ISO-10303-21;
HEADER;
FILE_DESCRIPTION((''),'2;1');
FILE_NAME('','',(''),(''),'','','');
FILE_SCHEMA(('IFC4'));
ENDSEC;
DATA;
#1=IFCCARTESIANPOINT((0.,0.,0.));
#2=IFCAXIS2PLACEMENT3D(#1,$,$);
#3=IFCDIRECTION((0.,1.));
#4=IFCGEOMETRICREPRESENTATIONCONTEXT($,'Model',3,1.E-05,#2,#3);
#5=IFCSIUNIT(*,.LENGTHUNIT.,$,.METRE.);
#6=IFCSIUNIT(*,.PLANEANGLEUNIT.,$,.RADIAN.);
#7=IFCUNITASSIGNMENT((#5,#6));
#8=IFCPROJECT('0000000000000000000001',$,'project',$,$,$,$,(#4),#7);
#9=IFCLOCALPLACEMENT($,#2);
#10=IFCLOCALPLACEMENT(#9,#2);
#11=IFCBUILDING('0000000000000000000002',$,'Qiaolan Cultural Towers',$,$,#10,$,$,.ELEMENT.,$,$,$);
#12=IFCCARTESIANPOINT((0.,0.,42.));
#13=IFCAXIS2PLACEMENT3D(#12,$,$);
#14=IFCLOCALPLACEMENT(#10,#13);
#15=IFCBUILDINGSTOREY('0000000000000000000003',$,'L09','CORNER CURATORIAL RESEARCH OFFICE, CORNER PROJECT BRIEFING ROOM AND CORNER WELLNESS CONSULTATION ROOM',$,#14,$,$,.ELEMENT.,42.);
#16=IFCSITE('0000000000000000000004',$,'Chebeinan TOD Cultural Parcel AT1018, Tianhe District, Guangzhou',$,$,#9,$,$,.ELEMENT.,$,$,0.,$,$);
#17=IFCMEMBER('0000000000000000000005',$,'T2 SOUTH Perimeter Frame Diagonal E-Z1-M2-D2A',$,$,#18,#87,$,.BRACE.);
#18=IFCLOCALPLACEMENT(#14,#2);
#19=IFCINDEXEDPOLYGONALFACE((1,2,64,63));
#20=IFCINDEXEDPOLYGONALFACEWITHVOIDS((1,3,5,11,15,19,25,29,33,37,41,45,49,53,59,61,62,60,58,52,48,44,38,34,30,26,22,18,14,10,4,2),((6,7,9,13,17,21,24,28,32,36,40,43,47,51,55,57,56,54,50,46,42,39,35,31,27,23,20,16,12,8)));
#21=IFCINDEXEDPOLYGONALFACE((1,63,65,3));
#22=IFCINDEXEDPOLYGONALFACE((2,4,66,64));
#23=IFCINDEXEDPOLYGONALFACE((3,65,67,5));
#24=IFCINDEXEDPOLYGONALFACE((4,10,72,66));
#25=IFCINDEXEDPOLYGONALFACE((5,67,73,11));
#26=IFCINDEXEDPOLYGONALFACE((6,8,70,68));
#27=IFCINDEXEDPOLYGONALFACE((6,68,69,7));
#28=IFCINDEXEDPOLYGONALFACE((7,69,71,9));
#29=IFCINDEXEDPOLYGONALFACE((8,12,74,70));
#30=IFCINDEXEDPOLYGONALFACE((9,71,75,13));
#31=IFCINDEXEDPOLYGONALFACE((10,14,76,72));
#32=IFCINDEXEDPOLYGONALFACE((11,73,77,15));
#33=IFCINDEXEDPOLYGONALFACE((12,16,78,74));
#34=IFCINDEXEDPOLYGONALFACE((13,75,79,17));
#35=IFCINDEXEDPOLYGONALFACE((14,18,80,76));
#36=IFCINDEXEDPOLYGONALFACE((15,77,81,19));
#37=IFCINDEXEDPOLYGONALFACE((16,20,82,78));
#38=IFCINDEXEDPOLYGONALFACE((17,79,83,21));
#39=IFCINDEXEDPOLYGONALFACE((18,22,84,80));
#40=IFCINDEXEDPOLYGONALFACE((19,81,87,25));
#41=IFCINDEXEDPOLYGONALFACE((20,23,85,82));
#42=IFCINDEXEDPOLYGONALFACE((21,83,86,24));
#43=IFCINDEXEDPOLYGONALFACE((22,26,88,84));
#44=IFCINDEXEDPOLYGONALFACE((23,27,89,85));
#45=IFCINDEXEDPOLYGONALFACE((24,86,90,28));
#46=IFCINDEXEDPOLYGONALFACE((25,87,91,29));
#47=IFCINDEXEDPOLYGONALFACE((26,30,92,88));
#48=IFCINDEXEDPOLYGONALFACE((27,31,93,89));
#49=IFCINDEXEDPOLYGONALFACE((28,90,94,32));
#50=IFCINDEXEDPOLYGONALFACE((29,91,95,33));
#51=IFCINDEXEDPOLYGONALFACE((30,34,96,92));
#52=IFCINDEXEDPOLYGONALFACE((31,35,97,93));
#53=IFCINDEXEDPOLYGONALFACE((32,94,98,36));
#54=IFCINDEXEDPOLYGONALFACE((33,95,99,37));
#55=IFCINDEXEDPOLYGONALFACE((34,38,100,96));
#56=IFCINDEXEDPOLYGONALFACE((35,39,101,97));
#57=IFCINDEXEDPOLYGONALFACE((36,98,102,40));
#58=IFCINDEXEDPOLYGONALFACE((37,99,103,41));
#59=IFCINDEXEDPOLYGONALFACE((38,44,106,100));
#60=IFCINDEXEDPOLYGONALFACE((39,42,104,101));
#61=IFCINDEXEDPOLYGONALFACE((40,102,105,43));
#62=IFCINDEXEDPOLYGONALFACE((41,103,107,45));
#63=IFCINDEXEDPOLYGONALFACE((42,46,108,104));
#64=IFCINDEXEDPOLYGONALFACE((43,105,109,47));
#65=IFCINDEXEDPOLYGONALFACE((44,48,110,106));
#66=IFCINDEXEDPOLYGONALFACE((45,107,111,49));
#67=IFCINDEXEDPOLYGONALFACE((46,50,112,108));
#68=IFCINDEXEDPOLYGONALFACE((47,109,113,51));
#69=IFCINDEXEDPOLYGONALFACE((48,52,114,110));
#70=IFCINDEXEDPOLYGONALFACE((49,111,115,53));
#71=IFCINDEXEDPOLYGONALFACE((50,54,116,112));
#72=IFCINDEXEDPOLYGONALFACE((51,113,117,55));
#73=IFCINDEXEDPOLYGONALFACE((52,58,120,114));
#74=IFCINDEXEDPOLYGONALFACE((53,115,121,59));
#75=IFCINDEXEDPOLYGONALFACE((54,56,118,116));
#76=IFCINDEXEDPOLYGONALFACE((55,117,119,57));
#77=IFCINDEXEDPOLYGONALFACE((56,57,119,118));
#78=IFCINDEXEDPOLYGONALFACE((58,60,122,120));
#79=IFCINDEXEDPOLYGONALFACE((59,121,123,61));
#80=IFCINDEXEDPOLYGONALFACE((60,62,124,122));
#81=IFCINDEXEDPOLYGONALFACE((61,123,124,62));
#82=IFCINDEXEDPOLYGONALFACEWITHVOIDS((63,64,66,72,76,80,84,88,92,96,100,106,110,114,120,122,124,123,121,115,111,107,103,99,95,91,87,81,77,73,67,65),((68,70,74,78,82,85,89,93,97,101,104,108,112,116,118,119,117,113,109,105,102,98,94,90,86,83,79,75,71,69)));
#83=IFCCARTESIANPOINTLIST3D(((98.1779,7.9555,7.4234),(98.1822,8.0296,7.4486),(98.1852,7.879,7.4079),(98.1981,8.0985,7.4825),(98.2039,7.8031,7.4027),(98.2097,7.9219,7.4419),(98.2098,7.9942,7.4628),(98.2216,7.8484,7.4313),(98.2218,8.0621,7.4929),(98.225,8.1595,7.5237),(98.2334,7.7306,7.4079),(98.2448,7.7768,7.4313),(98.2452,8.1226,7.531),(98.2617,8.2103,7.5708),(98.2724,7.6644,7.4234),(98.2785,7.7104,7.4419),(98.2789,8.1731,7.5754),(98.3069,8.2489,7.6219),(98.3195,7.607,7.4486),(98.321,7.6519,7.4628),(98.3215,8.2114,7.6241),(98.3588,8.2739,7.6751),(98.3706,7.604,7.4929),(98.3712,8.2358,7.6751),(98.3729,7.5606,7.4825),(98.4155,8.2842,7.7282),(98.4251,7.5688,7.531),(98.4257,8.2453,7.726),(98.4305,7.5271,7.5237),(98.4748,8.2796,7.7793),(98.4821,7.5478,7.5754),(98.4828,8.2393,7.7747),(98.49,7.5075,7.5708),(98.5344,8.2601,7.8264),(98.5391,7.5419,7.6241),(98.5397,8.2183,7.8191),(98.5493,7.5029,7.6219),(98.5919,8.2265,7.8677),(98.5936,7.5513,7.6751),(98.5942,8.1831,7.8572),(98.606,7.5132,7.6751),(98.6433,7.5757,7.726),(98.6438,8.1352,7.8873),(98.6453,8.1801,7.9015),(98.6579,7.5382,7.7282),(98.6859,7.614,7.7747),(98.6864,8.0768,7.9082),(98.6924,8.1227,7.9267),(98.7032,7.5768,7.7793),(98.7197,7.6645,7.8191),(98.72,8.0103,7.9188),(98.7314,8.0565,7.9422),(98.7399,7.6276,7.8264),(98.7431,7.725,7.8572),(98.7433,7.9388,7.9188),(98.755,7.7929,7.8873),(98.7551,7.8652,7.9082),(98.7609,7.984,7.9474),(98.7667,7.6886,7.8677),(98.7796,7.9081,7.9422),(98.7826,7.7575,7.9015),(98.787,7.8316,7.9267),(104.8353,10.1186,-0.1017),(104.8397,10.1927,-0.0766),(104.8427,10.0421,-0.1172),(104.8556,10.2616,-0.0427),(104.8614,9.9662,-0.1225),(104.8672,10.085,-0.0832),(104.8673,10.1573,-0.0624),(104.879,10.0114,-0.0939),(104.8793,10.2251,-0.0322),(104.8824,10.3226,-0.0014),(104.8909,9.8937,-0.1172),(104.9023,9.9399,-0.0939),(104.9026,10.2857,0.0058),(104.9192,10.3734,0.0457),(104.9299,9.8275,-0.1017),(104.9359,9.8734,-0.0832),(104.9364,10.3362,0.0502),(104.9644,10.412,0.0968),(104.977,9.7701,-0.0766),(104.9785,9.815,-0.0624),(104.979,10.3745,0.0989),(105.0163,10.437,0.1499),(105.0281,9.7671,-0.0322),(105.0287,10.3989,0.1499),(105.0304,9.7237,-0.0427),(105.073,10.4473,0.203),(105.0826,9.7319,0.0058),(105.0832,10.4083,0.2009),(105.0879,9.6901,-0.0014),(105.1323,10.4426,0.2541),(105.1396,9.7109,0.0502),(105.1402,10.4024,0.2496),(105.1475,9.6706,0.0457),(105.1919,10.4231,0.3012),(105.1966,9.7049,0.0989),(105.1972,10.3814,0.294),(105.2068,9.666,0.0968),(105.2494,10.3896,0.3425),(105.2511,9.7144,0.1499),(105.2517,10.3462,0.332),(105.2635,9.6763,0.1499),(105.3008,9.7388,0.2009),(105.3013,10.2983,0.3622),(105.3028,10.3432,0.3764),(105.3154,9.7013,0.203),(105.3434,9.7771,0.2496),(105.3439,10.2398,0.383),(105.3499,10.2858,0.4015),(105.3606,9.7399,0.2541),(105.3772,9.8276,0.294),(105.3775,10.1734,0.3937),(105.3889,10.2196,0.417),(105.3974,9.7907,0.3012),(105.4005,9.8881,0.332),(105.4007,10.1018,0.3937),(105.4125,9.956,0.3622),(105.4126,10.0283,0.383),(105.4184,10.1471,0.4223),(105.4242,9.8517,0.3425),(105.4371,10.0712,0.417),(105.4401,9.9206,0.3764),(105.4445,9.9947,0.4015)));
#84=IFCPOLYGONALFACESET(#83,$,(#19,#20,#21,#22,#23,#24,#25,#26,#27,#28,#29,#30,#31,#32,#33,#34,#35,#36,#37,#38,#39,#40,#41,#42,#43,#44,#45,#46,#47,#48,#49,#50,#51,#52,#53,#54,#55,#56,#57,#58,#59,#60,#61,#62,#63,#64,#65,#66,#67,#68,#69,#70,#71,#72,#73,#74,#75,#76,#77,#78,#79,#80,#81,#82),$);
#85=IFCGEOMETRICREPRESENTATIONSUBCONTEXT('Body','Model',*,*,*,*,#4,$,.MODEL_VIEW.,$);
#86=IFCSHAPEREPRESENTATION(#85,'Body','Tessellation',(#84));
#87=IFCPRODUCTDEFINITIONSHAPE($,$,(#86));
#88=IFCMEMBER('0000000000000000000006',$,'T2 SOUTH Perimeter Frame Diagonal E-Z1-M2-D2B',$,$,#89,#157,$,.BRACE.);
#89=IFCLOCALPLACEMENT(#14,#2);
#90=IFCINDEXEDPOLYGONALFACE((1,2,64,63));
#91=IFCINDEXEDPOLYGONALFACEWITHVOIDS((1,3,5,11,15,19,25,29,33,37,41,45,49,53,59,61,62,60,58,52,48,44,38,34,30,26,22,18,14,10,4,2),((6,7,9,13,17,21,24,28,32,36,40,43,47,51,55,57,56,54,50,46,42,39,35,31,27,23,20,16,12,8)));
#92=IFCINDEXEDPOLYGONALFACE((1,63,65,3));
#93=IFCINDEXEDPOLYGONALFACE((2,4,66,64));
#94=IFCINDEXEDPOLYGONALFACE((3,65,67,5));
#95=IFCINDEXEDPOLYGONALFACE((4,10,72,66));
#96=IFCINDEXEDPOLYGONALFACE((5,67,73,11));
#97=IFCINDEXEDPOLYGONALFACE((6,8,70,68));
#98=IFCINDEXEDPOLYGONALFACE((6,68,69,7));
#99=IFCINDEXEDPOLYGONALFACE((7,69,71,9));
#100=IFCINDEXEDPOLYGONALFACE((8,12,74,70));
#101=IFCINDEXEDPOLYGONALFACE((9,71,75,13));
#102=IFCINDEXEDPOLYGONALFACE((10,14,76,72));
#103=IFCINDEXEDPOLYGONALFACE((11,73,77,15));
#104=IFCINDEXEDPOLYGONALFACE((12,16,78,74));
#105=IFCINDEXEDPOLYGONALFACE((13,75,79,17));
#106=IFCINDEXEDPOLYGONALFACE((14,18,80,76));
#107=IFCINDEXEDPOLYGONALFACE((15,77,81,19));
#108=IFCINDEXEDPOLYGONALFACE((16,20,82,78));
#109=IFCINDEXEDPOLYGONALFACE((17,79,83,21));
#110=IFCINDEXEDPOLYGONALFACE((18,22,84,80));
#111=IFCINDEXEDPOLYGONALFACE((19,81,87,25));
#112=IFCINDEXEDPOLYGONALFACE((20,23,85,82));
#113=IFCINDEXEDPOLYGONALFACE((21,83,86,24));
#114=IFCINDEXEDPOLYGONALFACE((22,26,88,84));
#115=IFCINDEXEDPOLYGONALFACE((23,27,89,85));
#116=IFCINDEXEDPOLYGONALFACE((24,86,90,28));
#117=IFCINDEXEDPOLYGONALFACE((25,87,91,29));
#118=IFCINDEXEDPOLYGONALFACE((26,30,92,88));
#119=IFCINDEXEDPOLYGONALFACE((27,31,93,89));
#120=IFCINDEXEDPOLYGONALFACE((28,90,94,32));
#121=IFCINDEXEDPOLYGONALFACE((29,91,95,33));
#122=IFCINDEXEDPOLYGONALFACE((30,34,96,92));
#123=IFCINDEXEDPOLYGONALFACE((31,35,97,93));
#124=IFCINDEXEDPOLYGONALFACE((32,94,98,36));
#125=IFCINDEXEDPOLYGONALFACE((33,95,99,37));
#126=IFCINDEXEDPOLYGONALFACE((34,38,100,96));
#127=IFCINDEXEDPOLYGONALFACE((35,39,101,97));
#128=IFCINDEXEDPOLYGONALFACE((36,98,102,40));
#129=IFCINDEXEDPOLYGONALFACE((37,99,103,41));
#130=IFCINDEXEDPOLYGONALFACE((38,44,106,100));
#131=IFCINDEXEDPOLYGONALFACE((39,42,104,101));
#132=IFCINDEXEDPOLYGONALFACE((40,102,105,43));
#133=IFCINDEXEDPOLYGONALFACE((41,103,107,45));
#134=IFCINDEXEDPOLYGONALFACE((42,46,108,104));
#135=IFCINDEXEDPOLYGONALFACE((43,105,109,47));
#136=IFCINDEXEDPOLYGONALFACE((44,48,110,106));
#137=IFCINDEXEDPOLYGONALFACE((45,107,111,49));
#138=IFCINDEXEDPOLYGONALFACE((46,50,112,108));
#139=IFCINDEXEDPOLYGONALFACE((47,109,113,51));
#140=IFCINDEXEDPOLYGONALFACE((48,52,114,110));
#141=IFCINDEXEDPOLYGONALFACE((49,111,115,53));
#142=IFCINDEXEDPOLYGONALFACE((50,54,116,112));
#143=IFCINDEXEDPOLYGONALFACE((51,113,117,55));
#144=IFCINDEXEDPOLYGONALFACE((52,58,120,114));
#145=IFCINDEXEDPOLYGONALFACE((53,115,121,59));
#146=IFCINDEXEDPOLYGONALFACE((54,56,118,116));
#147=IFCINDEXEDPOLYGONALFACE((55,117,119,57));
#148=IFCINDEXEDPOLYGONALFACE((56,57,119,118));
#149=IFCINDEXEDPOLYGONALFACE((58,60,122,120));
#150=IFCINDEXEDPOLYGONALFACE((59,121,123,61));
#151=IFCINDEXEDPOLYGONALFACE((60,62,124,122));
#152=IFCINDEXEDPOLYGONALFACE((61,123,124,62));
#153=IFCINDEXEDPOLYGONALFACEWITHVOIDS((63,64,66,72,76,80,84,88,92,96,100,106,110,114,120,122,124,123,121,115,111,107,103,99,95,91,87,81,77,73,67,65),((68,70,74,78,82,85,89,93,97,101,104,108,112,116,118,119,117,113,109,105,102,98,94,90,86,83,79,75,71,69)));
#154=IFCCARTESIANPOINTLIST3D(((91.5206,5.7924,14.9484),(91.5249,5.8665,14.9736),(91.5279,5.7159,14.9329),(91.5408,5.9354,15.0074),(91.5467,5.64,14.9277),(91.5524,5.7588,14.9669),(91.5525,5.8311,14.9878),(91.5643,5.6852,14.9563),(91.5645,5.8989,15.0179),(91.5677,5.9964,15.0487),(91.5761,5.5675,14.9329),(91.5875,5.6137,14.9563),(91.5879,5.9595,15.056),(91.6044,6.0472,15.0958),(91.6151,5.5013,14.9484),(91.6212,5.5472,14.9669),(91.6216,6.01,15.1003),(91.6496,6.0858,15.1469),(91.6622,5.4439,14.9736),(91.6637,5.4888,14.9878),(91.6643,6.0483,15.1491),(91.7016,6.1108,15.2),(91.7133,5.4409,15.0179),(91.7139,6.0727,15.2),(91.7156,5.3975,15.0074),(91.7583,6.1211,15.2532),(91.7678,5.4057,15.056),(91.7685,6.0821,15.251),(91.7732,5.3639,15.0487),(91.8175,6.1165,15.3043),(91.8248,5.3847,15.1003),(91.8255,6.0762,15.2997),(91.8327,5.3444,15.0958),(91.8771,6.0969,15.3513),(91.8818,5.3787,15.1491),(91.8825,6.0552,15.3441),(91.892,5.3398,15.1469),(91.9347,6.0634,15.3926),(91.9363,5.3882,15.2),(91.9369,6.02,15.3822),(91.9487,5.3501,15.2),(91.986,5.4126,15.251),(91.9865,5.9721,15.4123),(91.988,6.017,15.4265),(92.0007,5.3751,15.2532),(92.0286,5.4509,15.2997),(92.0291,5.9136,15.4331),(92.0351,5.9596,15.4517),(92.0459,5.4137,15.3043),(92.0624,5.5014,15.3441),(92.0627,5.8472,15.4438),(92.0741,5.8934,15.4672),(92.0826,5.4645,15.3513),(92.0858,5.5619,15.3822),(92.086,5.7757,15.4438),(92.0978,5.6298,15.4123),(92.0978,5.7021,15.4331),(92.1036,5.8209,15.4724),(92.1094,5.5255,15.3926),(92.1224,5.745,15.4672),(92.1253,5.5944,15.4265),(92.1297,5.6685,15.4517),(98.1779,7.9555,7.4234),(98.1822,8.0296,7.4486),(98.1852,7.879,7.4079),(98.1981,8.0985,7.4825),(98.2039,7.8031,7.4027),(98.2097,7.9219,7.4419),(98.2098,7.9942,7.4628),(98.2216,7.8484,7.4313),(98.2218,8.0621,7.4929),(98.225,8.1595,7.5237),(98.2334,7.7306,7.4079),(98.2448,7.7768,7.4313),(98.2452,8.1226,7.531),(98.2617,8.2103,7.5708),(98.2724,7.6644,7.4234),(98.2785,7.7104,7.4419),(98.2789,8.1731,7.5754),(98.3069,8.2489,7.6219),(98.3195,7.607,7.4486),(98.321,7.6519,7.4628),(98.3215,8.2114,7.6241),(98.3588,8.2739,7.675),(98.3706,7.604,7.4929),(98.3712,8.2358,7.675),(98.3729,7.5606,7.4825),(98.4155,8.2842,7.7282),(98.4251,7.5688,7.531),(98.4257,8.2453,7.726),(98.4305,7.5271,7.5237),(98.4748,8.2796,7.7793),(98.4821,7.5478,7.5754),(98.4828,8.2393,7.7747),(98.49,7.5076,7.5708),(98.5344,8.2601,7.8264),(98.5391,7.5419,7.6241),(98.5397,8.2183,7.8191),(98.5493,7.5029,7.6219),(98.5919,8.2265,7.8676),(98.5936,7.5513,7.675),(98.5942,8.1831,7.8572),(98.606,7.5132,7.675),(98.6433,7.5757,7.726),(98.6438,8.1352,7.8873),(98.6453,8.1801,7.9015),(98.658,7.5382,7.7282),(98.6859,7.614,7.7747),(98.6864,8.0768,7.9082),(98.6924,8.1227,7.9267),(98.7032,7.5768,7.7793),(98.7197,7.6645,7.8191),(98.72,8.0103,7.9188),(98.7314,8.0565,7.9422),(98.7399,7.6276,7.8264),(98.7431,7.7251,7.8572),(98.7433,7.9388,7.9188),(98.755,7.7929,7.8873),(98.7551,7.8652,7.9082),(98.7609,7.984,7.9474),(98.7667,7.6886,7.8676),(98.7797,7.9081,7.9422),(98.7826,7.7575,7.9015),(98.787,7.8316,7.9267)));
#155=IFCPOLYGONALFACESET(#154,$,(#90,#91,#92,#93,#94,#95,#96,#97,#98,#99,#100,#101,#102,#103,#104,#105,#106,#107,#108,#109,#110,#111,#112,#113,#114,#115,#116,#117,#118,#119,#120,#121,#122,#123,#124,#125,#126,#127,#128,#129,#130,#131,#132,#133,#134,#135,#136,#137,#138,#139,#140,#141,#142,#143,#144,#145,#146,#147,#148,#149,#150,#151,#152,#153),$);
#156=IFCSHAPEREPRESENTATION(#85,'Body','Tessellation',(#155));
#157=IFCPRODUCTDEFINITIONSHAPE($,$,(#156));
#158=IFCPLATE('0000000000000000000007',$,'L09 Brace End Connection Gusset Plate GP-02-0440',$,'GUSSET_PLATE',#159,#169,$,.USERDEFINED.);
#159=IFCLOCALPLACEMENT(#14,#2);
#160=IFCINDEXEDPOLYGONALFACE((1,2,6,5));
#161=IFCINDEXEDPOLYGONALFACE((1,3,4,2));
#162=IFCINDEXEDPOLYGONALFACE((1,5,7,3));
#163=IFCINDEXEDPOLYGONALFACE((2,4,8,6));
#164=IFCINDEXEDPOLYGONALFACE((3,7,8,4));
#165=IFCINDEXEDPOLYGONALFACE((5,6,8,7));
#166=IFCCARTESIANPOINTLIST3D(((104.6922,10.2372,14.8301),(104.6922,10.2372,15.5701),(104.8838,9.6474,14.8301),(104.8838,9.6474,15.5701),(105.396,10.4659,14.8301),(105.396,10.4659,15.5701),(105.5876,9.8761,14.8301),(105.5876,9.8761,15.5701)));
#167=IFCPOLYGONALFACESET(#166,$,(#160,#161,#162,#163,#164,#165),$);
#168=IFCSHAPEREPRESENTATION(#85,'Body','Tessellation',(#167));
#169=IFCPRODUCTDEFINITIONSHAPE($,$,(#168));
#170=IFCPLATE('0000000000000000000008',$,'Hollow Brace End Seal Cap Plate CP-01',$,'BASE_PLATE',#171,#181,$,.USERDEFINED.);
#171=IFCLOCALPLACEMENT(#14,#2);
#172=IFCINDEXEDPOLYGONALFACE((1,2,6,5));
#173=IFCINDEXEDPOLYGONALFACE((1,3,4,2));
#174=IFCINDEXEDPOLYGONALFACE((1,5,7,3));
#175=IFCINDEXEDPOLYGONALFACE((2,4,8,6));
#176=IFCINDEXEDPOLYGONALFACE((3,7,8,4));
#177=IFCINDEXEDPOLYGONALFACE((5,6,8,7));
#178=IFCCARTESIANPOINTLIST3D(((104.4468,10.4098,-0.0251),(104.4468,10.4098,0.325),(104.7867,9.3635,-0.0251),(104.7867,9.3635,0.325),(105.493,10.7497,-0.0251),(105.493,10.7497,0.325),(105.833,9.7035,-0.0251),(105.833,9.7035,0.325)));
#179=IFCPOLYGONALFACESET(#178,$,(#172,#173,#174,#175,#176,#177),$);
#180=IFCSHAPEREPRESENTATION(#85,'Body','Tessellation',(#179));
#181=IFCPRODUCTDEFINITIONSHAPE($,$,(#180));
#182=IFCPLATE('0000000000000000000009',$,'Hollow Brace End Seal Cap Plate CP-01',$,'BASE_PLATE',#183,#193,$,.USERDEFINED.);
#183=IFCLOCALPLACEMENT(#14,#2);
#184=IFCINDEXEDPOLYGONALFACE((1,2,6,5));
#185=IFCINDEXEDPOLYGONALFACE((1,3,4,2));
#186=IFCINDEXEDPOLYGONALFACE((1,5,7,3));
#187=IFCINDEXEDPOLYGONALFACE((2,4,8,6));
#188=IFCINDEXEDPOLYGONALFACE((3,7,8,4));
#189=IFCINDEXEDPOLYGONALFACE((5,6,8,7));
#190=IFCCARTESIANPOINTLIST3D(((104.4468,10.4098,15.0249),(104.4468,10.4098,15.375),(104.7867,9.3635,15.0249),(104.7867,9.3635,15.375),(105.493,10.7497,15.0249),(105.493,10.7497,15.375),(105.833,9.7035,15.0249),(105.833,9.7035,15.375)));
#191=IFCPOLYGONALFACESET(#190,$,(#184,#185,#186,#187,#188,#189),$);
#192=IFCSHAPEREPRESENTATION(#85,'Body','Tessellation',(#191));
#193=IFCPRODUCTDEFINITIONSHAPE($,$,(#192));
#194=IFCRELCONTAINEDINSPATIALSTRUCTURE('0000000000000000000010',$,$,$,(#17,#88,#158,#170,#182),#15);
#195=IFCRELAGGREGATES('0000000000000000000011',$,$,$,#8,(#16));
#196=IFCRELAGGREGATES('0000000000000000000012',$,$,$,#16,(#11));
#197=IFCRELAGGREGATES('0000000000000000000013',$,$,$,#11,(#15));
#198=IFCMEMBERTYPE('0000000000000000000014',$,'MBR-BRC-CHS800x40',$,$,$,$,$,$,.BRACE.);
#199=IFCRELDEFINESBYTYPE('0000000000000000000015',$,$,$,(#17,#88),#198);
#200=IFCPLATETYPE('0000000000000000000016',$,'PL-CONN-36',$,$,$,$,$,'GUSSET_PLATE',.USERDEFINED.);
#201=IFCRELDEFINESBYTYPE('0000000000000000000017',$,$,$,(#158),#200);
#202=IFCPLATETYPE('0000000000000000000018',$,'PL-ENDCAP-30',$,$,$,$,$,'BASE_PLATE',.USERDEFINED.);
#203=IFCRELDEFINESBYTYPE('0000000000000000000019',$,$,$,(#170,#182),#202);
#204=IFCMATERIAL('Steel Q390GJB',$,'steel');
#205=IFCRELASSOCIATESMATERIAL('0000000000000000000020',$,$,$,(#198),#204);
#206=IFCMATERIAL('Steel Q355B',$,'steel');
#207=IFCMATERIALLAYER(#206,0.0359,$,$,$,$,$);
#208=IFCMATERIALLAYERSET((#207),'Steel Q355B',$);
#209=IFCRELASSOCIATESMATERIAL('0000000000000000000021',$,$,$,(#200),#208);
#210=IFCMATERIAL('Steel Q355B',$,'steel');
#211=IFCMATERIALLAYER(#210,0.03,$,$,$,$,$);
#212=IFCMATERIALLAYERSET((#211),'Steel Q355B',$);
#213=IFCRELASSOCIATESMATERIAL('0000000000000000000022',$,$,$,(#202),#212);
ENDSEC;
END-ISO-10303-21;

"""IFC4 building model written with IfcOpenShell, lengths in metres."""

from ifc_helpers import new_model, si_unit, direction, frame, origin, origin_2d, place, context, subcontext, project, spatial, rectangle, hollow_circle, extrude, material, layer, layer_set, material_profile, profile_set, type_object, element, save


model = new_model("IFC4")

# Units and contexts
model_context = context("Model", 3, precision=1e-05, world=origin(), true_north=direction((0.0, 1.0)))
body_context = subcontext(model_context, "Body", "Model", "MODEL_VIEW")
ifc_project = project(units=[si_unit("LENGTHUNIT", "METRE"), si_unit("PLANEANGLEUNIT", "RADIAN")], contexts=[model_context])

# Site, building, storey
site_placement = place(None, origin())
site = spatial("IfcSite", under=ifc_project, at=site_placement, Name="Chebeinan TOD Cultural Parcel AT1018, Tianhe District, Guangzhou", CompositionType="ELEMENT", RefElevation=0.0)
building_placement = place(site_placement, origin())
building = spatial("IfcBuilding", under=site, at=building_placement, Name="Qiaolan Cultural Towers", CompositionType="ELEMENT")
storey_placement = place(building_placement, frame((0.0, 0.0, 42.0)))
storey = spatial("IfcBuildingStorey", under=building, at=storey_placement, Name="L09", Description="CORNER CURATORIAL RESEARCH OFFICE, CORNER PROJECT BRIEFING ROOM AND CORNER WELLNESS CONSULTATION ROOM", CompositionType="ELEMENT", Elevation=42.0)

# Members
ifc_material_1 = material(Name="Steel Q390GJB", Category="steel")
ifc_material_profile_1 = material_profile(ifc_material_1, hollow_circle(Radius=0.3999, WallThickness=0.04, at=origin_2d()), Name="CHS800x40")
ifc_profile_set_1 = profile_set([ifc_material_profile_1], Name="Steel Q390GJB")
member_type = type_object("IfcMemberType", Name="MBR-BRC-CHS800x40", PredefinedType="BRACE", material=ifc_profile_set_1)
member_1_placement = place(storey_placement, frame((105.1399, 10.0566, 0.1499), z_axis=(-0.647766, -0.210466, 0.73219), x_axis=(0.30901, -0.951059, 0.0)))
element("IfcMember", 1, at=member_1_placement, inside=storey, type_object=member_type, Name="T2 SOUTH Perimeter Frame Diagonal E-Z1-M2-D2A", PredefinedType="BRACE", context=body_context, shape_type="SweptSolid", body=[
    extrude(hollow_circle(Radius=0.3999, WallThickness=0.04, at=origin_2d()), origin(), (0.0, 0.0, 1.0), 10.2776),
])
member_2_placement = place(storey_placement, frame((98.4824, 7.8936, 7.675), z_axis=(-0.647764, -0.210473, 0.732191), x_axis=(0.30902, -0.951056, 0.0)))
element("IfcMember", 2, at=member_2_placement, inside=storey, type_object=member_type, Name="T2 SOUTH Perimeter Frame Diagonal E-Z1-M2-D2B", PredefinedType="BRACE", context=body_context, shape_type="SweptSolid", body=[
    extrude(hollow_circle(Radius=0.3999, WallThickness=0.04, at=origin_2d()), origin(), (0.0, 0.0, 1.0), 10.2773),
])

# Plates
ifc_material_2 = material(Name="Steel Q355B", Category="steel")
ifc_layer_1 = layer(ifc_material_2, 0.0359)
ifc_layer_set_1 = layer_set([ifc_layer_1], Name="Steel Q355B")
plate_type_1 = type_object("IfcPlateType", Name="PL-CONN-36", ElementType="GUSSET_PLATE", PredefinedType="USERDEFINED", material=ifc_layer_set_1)
plate_1_placement = place(storey_placement, frame((105.1399, 10.0566, 14.8301), z_axis=(0.0, 0.0, 1.0), x_axis=(0.951057, 0.309017, 0.0)))
element("IfcPlate", 3, at=plate_1_placement, inside=storey, type_object=plate_type_1, Name="L09 Brace End Connection Gusset Plate GP-02-0440", ObjectType="GUSSET_PLATE", PredefinedType="USERDEFINED", context=body_context, shape_type="SweptSolid", body=[
    extrude(rectangle(XDim=0.74, YDim=0.6201, at=origin_2d()), origin(), (0.0, 0.0, 1.0), 0.74),
])
ifc_material_3 = material(Name="Steel Q355B", Category="steel")
ifc_layer_2 = layer(ifc_material_3, 0.03)
ifc_layer_set_2 = layer_set([ifc_layer_2], Name="Steel Q355B")
plate_type_2 = type_object("IfcPlateType", Name="PL-ENDCAP-30", ElementType="BASE_PLATE", PredefinedType="USERDEFINED", material=ifc_layer_set_2)
for number, where, z_axis, x_axis, name in (
    (4, (105.1399, 10.0566, -0.0251), (0.0, 0.0, 1.0), (0.951057, 0.309017, 0.0), "Hollow Brace End Seal Cap Plate CP-01"),
    (5, (105.1399, 10.0566, 15.0249), (0.0, 0.0, 1.0), (0.951057, 0.309017, 0.0), "Hollow Brace End Seal Cap Plate CP-01"),
):
    element("IfcPlate", number, at=place(storey_placement, frame(where, z_axis=z_axis, x_axis=x_axis)), inside=storey, type_object=plate_type_2, Name=name, ObjectType="BASE_PLATE", PredefinedType="USERDEFINED", context=body_context, shape_type="SweptSolid", body=[
        extrude(rectangle(XDim=1.1001, YDim=1.1001, at=origin_2d()), origin(), (0.0, 0.0, 1.0), 0.3501),
    ])

save(model, "model.ifc")
